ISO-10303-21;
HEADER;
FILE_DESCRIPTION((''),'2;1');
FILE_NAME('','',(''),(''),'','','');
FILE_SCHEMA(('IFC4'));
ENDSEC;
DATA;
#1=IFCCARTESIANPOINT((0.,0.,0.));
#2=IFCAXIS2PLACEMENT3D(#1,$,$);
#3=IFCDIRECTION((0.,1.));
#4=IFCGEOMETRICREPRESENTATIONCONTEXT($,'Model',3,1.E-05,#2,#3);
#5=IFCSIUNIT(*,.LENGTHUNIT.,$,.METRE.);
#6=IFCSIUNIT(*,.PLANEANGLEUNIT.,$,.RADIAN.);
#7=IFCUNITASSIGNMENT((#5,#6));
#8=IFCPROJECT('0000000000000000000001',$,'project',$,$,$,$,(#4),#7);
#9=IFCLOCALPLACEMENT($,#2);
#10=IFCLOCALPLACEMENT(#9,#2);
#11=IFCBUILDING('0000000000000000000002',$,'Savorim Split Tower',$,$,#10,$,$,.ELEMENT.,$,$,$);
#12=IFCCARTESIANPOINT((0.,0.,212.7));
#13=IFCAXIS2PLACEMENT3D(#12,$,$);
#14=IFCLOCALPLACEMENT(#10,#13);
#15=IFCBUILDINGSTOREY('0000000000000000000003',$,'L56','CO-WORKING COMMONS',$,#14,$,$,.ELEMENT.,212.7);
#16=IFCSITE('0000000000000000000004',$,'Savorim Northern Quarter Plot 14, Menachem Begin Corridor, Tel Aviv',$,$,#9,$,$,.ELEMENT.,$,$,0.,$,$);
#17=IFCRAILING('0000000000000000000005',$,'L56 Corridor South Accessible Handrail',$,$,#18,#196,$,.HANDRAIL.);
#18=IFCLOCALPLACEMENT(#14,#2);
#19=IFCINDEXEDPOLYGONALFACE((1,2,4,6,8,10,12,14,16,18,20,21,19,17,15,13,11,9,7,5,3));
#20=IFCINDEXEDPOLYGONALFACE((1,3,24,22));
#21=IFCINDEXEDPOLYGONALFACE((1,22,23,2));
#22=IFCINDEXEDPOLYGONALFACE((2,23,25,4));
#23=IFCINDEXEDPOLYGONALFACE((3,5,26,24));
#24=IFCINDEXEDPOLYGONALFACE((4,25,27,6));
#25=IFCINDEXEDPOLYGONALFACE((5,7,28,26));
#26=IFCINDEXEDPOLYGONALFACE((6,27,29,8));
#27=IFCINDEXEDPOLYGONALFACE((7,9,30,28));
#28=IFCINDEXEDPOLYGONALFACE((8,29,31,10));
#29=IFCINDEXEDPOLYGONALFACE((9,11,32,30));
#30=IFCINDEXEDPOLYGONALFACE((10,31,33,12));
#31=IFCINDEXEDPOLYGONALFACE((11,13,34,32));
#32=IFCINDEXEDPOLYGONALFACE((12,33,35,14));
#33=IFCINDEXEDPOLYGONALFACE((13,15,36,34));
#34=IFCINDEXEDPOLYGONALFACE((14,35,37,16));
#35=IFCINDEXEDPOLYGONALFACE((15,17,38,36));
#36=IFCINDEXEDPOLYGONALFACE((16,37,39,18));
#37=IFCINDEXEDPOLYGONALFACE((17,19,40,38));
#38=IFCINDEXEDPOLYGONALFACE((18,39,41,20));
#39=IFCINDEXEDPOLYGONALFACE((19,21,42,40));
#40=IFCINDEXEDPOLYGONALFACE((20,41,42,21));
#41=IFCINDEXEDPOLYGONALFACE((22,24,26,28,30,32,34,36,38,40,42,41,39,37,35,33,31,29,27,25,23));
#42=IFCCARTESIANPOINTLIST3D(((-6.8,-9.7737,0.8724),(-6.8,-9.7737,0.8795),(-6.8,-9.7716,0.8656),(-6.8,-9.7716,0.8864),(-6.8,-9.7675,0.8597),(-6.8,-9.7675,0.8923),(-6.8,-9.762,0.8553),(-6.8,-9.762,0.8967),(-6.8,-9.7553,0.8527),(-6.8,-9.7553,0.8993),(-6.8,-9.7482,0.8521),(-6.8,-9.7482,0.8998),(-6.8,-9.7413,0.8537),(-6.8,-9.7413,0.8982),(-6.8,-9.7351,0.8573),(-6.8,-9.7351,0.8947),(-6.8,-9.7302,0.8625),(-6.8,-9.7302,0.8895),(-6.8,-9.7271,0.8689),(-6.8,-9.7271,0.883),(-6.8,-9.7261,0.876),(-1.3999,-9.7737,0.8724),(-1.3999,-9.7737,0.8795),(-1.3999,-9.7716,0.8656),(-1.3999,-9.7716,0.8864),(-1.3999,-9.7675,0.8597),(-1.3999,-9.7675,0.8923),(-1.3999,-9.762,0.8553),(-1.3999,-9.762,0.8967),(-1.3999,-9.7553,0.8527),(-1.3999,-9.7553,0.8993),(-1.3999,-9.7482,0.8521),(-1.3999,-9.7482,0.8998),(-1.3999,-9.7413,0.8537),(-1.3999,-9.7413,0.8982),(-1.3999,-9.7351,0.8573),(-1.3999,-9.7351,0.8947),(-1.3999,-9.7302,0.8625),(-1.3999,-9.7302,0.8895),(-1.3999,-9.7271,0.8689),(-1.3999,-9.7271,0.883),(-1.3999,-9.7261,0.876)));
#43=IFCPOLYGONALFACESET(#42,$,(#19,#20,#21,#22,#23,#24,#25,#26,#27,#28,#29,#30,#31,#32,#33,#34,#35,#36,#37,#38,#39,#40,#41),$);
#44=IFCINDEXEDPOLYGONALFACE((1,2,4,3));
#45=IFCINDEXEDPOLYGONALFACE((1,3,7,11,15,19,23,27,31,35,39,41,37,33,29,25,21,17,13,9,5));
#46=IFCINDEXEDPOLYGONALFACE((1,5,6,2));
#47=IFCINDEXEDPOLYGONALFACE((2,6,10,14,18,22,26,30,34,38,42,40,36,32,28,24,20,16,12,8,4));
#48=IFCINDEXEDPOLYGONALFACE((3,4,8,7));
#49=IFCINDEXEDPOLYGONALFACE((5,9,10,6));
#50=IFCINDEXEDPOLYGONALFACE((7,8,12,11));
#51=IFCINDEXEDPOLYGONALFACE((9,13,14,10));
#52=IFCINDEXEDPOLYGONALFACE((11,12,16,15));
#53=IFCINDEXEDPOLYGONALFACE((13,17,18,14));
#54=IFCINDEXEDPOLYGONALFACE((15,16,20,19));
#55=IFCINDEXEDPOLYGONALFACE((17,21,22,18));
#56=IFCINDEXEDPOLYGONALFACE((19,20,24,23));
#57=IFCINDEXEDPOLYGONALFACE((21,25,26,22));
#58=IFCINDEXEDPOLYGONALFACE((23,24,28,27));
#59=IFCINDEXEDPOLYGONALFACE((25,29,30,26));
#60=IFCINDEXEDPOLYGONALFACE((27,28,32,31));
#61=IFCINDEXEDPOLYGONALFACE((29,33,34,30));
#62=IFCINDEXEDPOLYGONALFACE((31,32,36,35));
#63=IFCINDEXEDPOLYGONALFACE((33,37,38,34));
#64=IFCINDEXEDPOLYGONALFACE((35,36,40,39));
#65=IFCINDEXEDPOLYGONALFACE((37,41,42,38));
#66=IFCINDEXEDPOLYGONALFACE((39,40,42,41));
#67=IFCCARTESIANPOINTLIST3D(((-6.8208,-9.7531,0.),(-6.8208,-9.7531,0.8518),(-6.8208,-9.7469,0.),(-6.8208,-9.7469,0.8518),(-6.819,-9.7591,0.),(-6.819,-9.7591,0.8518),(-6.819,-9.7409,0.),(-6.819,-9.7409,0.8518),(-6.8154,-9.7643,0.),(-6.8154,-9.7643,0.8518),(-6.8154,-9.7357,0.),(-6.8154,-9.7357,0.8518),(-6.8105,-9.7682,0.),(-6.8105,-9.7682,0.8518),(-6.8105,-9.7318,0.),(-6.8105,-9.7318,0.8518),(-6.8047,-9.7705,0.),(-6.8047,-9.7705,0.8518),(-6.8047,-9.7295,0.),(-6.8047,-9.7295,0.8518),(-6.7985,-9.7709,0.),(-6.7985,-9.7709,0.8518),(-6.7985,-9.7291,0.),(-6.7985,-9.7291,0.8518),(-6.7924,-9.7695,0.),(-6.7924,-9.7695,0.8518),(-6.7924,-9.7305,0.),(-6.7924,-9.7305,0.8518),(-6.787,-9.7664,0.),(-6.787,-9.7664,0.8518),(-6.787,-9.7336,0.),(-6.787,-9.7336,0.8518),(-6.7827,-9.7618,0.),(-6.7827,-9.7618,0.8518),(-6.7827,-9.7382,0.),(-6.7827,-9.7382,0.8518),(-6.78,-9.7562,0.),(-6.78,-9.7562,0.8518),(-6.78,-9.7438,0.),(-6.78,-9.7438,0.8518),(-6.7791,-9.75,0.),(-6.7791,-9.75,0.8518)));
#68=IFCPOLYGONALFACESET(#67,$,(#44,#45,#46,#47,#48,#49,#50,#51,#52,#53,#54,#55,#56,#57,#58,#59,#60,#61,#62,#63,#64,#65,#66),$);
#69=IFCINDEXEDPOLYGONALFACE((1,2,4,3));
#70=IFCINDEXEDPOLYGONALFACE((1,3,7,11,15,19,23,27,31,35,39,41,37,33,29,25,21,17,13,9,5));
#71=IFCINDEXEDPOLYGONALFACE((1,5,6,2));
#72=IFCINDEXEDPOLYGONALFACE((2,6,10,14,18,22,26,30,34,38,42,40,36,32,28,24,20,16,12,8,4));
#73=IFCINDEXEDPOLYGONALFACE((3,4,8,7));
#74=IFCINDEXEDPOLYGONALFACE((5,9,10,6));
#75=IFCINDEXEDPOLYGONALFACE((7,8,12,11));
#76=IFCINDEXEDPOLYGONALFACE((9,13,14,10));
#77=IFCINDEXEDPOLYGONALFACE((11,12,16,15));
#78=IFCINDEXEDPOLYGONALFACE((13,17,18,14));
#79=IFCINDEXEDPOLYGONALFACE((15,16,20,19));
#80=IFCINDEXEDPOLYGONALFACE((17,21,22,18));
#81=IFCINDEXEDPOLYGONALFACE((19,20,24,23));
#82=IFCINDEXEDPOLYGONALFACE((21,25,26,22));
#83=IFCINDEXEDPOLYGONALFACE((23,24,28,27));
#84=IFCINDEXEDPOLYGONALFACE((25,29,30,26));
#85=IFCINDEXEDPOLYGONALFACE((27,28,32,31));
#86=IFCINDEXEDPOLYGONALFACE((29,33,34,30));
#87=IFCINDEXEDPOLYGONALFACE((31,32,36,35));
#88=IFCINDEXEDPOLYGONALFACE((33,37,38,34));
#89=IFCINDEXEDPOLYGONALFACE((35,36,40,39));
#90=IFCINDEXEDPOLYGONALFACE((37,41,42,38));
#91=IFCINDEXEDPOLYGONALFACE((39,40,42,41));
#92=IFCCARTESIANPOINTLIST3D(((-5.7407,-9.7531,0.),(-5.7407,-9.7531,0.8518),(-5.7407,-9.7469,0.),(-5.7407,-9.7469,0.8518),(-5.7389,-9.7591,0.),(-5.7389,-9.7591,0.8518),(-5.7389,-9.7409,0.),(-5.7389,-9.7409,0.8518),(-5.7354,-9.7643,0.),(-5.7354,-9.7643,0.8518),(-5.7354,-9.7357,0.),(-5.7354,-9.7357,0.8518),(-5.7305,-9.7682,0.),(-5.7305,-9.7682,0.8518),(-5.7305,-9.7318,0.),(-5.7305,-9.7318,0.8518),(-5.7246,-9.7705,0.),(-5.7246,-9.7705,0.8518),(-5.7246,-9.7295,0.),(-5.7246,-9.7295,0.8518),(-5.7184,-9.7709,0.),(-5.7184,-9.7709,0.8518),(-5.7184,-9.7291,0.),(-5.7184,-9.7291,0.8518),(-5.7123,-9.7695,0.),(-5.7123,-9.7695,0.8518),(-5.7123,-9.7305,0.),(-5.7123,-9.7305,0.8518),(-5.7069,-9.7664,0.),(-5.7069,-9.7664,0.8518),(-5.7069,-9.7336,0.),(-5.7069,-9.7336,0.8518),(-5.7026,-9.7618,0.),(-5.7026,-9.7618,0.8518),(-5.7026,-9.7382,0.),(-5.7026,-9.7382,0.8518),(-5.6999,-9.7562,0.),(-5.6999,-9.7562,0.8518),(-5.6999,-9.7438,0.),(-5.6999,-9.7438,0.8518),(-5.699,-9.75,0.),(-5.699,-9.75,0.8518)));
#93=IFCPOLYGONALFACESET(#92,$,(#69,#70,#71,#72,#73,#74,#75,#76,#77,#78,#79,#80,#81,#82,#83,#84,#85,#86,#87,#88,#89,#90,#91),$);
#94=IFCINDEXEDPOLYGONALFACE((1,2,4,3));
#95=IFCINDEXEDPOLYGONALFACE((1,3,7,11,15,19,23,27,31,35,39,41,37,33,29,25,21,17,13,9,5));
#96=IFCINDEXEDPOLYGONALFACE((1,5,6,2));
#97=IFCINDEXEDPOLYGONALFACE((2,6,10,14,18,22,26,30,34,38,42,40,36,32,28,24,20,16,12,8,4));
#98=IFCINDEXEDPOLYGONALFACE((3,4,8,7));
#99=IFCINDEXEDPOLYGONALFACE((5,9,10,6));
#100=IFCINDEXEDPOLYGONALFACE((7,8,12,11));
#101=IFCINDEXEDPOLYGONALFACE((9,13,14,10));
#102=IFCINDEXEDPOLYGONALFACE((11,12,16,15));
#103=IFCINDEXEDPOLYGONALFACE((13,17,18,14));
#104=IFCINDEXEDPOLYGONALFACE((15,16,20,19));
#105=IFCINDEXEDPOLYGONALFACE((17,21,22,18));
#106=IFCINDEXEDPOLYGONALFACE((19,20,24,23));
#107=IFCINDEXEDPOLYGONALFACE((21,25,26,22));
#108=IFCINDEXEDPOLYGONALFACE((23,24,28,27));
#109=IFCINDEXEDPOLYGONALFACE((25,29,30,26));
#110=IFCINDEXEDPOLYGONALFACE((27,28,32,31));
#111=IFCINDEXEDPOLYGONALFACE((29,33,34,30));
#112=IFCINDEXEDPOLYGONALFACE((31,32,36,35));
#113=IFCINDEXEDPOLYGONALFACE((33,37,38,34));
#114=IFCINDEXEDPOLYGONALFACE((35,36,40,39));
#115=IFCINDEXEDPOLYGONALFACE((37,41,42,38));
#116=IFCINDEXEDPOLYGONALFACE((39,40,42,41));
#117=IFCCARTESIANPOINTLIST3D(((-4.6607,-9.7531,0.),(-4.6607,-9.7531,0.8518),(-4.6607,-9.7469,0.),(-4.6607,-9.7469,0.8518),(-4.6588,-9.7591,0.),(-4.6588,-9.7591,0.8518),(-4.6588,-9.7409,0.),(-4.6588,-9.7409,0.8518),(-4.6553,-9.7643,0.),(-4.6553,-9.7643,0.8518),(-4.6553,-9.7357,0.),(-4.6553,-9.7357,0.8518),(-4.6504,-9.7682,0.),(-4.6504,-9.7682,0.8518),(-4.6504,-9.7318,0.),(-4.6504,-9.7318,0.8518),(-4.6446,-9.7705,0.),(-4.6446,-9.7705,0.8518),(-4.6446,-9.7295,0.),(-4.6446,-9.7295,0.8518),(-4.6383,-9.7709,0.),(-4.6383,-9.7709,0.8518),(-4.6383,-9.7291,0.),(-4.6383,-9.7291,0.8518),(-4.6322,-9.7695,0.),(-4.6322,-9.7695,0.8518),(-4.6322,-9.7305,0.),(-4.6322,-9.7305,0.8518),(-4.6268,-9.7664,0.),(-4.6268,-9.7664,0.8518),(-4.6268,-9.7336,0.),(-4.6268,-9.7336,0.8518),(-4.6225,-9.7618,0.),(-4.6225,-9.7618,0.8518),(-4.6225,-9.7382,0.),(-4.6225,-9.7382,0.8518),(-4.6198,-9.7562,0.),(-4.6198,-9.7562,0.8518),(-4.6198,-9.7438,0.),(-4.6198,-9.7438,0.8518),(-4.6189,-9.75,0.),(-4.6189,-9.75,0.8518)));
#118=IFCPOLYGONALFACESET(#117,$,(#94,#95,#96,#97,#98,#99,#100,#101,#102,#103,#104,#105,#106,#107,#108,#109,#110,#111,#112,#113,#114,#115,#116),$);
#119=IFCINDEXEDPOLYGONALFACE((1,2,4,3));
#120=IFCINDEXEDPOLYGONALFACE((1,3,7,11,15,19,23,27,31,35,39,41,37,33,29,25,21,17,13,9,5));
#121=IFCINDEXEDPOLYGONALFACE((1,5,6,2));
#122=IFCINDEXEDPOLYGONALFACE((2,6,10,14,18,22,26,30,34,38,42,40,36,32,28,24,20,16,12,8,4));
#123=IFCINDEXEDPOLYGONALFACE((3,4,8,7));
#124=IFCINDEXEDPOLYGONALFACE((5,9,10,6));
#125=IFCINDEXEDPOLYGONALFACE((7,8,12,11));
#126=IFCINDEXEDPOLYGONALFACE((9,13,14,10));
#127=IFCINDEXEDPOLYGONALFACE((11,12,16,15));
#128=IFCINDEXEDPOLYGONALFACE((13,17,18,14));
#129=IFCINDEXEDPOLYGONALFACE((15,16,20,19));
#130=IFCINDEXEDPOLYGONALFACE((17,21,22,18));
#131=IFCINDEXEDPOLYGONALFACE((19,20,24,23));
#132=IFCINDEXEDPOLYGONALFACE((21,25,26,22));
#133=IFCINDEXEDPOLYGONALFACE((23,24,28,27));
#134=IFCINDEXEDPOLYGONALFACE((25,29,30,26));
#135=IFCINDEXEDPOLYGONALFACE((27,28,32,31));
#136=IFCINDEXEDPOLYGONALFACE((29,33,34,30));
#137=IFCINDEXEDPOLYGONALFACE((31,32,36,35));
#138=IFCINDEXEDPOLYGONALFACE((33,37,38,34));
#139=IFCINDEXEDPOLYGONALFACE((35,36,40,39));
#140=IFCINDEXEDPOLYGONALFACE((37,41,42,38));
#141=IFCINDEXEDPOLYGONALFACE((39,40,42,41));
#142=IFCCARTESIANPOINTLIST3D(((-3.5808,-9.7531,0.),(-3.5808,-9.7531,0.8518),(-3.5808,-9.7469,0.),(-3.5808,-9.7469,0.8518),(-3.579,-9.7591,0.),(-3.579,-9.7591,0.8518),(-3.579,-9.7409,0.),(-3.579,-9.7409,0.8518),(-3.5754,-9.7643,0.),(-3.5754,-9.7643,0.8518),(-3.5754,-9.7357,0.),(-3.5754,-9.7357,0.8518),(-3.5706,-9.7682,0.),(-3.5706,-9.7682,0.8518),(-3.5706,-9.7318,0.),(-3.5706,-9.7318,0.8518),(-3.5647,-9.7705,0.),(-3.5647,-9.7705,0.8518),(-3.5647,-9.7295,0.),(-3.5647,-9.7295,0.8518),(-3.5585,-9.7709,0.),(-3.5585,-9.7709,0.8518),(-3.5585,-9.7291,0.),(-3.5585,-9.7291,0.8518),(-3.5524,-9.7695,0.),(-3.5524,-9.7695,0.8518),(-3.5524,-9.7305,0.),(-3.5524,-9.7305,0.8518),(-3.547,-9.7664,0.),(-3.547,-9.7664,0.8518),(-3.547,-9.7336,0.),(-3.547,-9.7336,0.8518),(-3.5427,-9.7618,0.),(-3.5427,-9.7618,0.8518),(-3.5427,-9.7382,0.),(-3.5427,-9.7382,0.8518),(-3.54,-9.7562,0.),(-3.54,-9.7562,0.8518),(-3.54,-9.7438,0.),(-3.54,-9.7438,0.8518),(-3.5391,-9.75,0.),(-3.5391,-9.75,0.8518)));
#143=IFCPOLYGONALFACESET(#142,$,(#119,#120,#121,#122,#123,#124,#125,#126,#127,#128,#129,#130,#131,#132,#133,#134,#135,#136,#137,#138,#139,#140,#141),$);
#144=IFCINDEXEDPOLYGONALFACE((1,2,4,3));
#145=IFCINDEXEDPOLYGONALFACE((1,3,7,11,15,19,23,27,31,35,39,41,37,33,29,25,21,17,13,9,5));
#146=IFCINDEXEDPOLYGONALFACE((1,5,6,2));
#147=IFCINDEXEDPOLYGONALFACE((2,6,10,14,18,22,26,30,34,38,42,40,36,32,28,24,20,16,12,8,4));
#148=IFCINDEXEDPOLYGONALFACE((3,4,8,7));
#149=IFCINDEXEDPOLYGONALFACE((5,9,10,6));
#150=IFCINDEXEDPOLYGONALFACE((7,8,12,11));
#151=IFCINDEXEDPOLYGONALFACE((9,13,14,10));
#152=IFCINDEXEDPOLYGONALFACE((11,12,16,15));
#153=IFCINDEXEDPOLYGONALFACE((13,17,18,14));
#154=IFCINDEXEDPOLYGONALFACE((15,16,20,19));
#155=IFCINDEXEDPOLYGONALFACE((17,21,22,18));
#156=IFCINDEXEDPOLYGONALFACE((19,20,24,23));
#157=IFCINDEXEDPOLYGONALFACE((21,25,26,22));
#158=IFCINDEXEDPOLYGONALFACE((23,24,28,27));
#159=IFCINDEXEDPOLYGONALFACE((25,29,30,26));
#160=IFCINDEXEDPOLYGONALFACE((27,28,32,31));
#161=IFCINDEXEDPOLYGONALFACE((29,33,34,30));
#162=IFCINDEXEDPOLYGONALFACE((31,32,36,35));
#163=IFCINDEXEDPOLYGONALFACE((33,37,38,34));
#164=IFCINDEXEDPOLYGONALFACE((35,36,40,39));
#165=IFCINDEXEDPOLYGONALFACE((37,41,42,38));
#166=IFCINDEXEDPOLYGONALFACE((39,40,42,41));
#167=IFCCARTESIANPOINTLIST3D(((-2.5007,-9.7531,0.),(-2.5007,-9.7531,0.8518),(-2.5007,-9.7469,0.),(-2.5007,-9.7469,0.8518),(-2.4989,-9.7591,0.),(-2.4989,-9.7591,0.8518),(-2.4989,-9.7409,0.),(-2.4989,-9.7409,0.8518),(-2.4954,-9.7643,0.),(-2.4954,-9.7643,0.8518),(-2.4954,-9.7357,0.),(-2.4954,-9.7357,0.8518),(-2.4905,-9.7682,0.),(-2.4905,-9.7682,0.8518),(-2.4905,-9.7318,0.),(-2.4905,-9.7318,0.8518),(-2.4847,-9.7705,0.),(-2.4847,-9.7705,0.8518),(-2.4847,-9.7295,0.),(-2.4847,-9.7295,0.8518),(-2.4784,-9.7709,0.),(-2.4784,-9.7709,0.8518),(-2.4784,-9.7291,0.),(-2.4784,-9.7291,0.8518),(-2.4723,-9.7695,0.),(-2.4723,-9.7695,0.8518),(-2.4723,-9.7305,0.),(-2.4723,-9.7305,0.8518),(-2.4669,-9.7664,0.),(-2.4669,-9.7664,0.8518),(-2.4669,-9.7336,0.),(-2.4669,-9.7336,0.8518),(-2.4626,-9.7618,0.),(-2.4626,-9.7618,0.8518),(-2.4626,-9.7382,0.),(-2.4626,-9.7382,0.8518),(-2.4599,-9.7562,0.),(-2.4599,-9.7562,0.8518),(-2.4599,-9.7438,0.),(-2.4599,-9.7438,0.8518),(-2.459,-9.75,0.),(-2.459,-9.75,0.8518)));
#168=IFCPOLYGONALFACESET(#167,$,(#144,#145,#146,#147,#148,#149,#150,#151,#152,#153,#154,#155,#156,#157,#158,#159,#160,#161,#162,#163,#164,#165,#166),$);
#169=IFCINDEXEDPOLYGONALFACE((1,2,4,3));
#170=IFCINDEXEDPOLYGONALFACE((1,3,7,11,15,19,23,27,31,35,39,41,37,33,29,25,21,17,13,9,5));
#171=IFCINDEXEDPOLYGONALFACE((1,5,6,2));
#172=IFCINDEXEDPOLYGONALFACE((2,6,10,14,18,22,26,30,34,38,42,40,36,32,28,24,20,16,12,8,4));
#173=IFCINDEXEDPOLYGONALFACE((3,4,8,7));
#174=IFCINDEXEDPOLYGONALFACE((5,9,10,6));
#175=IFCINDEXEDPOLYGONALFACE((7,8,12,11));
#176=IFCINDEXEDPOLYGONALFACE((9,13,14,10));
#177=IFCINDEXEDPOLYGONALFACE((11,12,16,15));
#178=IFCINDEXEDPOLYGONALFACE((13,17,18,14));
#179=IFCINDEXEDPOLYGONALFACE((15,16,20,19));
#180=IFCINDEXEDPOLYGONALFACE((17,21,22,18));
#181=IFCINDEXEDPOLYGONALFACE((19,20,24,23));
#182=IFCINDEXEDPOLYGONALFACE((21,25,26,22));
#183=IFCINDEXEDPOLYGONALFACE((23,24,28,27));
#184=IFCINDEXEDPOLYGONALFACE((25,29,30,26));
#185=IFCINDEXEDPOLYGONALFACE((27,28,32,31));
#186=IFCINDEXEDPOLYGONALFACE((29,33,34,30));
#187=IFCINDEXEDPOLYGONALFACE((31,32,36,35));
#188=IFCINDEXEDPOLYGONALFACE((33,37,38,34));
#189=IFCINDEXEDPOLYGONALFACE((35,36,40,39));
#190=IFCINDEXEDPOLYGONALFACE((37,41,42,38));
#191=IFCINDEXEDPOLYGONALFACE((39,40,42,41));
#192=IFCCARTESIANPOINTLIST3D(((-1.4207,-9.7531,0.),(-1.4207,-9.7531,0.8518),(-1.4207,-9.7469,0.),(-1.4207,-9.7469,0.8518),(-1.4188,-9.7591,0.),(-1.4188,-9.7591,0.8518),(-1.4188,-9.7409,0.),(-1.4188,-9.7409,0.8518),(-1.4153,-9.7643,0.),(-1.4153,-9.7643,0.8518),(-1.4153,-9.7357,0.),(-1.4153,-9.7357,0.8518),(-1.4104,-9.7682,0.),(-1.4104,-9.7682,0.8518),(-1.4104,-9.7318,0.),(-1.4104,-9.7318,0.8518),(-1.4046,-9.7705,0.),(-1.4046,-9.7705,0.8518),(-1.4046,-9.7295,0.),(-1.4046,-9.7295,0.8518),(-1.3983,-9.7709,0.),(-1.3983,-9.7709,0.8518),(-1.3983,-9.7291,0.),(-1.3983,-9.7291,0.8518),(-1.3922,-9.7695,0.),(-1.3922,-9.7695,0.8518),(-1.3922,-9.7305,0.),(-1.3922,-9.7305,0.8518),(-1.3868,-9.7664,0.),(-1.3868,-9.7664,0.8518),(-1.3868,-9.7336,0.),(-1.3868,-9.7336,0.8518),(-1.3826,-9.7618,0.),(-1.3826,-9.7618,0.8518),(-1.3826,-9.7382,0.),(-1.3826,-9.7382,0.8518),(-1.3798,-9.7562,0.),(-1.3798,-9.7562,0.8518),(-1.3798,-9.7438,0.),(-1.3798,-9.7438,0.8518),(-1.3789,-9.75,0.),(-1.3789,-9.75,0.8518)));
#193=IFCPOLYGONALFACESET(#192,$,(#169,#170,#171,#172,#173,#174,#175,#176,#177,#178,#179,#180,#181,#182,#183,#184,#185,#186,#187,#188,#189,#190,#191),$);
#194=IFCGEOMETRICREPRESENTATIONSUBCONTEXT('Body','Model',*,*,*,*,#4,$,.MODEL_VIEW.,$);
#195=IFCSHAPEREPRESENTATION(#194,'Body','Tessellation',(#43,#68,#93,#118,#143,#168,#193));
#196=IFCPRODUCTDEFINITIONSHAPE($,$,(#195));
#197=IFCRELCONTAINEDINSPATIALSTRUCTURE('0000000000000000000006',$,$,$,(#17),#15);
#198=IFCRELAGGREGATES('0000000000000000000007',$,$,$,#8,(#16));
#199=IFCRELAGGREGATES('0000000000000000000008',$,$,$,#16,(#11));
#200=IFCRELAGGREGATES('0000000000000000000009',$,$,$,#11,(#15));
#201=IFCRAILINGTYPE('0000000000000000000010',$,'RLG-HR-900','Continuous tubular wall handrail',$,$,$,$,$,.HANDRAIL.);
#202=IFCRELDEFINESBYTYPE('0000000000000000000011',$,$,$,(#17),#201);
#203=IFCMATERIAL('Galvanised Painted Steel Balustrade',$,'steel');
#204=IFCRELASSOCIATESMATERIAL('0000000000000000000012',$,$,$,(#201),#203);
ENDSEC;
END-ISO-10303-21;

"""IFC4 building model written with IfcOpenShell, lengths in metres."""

from ifc_helpers import new_model, si_unit, direction, frame, origin, origin_2d, place, context, subcontext, project, spatial, circle, extrude, material, type_object, element, save


model = new_model("IFC4")

# Units and contexts
model_context = context("Model", 3, precision=1e-05, world=origin(), true_north=direction((0.0, 1.0)))
body_context = subcontext(model_context, "Body", "Model", "MODEL_VIEW")
ifc_project = project(units=[si_unit("LENGTHUNIT", "METRE"), si_unit("PLANEANGLEUNIT", "RADIAN")], contexts=[model_context])

# Site, building, storey
site_placement = place(None, origin())
site = spatial("IfcSite", under=ifc_project, at=site_placement, Name="Savorim Northern Quarter Plot 14, Menachem Begin Corridor, Tel Aviv", CompositionType="ELEMENT", RefElevation=0.0)
building_placement = place(site_placement, origin())
building = spatial("IfcBuilding", under=site, at=building_placement, Name="Savorim Split Tower", CompositionType="ELEMENT")
storey_placement = place(building_placement, frame((0.0, 0.0, 212.7)))
storey = spatial("IfcBuildingStorey", under=building, at=storey_placement, Name="L56", Description="CO-WORKING COMMONS", CompositionType="ELEMENT", Elevation=212.7)

# Railing
ifc_material_1 = material(Name="Galvanised Painted Steel Balustrade", Category="steel")
railing_type_1 = type_object("IfcRailingType", Name="RLG-HR-900", Description="Continuous tubular wall handrail", PredefinedType="HANDRAIL", material=ifc_material_1)
railing_1_placement = place(storey_placement, frame((-6.8, -9.75, 0.0)))
element("IfcRailing", 1, at=railing_1_placement, inside=storey, type_object=railing_type_1, Name="L56 Corridor South Accessible Handrail", PredefinedType="HANDRAIL", context=body_context, shape_type="SweptSolid", body=[
    extrude(circle(Radius=0.0239, at=origin_2d()), frame((0.0, 0.0, 0.876), z_axis=(1.0, 0.0, 0.0), x_axis=(0.0, 1.0, 0.0)), (0.0, 0.0, 1.0), 5.4001),
    extrude(circle(Radius=0.021, at=origin_2d()), origin(), (0.0, 0.0, 1.0), 0.8518),
    extrude(circle(Radius=0.021, at=origin_2d()), frame((1.0801, 0.0, 0.0)), (0.0, 0.0, 1.0), 0.8518),
    extrude(circle(Radius=0.021, at=origin_2d()), frame((2.1602, 0.0, 0.0)), (0.0, 0.0, 1.0), 0.8518),
    extrude(circle(Radius=0.021, at=origin_2d()), frame((3.24, 0.0, 0.0)), (0.0, 0.0, 1.0), 0.8518),
    extrude(circle(Radius=0.021, at=origin_2d()), frame((4.3201, 0.0, 0.0)), (0.0, 0.0, 1.0), 0.8518),
    extrude(circle(Radius=0.021, at=origin_2d()), frame((5.4001, 0.0, 0.0)), (0.0, 0.0, 1.0), 0.8518),
])

save(model, "model.ifc")
